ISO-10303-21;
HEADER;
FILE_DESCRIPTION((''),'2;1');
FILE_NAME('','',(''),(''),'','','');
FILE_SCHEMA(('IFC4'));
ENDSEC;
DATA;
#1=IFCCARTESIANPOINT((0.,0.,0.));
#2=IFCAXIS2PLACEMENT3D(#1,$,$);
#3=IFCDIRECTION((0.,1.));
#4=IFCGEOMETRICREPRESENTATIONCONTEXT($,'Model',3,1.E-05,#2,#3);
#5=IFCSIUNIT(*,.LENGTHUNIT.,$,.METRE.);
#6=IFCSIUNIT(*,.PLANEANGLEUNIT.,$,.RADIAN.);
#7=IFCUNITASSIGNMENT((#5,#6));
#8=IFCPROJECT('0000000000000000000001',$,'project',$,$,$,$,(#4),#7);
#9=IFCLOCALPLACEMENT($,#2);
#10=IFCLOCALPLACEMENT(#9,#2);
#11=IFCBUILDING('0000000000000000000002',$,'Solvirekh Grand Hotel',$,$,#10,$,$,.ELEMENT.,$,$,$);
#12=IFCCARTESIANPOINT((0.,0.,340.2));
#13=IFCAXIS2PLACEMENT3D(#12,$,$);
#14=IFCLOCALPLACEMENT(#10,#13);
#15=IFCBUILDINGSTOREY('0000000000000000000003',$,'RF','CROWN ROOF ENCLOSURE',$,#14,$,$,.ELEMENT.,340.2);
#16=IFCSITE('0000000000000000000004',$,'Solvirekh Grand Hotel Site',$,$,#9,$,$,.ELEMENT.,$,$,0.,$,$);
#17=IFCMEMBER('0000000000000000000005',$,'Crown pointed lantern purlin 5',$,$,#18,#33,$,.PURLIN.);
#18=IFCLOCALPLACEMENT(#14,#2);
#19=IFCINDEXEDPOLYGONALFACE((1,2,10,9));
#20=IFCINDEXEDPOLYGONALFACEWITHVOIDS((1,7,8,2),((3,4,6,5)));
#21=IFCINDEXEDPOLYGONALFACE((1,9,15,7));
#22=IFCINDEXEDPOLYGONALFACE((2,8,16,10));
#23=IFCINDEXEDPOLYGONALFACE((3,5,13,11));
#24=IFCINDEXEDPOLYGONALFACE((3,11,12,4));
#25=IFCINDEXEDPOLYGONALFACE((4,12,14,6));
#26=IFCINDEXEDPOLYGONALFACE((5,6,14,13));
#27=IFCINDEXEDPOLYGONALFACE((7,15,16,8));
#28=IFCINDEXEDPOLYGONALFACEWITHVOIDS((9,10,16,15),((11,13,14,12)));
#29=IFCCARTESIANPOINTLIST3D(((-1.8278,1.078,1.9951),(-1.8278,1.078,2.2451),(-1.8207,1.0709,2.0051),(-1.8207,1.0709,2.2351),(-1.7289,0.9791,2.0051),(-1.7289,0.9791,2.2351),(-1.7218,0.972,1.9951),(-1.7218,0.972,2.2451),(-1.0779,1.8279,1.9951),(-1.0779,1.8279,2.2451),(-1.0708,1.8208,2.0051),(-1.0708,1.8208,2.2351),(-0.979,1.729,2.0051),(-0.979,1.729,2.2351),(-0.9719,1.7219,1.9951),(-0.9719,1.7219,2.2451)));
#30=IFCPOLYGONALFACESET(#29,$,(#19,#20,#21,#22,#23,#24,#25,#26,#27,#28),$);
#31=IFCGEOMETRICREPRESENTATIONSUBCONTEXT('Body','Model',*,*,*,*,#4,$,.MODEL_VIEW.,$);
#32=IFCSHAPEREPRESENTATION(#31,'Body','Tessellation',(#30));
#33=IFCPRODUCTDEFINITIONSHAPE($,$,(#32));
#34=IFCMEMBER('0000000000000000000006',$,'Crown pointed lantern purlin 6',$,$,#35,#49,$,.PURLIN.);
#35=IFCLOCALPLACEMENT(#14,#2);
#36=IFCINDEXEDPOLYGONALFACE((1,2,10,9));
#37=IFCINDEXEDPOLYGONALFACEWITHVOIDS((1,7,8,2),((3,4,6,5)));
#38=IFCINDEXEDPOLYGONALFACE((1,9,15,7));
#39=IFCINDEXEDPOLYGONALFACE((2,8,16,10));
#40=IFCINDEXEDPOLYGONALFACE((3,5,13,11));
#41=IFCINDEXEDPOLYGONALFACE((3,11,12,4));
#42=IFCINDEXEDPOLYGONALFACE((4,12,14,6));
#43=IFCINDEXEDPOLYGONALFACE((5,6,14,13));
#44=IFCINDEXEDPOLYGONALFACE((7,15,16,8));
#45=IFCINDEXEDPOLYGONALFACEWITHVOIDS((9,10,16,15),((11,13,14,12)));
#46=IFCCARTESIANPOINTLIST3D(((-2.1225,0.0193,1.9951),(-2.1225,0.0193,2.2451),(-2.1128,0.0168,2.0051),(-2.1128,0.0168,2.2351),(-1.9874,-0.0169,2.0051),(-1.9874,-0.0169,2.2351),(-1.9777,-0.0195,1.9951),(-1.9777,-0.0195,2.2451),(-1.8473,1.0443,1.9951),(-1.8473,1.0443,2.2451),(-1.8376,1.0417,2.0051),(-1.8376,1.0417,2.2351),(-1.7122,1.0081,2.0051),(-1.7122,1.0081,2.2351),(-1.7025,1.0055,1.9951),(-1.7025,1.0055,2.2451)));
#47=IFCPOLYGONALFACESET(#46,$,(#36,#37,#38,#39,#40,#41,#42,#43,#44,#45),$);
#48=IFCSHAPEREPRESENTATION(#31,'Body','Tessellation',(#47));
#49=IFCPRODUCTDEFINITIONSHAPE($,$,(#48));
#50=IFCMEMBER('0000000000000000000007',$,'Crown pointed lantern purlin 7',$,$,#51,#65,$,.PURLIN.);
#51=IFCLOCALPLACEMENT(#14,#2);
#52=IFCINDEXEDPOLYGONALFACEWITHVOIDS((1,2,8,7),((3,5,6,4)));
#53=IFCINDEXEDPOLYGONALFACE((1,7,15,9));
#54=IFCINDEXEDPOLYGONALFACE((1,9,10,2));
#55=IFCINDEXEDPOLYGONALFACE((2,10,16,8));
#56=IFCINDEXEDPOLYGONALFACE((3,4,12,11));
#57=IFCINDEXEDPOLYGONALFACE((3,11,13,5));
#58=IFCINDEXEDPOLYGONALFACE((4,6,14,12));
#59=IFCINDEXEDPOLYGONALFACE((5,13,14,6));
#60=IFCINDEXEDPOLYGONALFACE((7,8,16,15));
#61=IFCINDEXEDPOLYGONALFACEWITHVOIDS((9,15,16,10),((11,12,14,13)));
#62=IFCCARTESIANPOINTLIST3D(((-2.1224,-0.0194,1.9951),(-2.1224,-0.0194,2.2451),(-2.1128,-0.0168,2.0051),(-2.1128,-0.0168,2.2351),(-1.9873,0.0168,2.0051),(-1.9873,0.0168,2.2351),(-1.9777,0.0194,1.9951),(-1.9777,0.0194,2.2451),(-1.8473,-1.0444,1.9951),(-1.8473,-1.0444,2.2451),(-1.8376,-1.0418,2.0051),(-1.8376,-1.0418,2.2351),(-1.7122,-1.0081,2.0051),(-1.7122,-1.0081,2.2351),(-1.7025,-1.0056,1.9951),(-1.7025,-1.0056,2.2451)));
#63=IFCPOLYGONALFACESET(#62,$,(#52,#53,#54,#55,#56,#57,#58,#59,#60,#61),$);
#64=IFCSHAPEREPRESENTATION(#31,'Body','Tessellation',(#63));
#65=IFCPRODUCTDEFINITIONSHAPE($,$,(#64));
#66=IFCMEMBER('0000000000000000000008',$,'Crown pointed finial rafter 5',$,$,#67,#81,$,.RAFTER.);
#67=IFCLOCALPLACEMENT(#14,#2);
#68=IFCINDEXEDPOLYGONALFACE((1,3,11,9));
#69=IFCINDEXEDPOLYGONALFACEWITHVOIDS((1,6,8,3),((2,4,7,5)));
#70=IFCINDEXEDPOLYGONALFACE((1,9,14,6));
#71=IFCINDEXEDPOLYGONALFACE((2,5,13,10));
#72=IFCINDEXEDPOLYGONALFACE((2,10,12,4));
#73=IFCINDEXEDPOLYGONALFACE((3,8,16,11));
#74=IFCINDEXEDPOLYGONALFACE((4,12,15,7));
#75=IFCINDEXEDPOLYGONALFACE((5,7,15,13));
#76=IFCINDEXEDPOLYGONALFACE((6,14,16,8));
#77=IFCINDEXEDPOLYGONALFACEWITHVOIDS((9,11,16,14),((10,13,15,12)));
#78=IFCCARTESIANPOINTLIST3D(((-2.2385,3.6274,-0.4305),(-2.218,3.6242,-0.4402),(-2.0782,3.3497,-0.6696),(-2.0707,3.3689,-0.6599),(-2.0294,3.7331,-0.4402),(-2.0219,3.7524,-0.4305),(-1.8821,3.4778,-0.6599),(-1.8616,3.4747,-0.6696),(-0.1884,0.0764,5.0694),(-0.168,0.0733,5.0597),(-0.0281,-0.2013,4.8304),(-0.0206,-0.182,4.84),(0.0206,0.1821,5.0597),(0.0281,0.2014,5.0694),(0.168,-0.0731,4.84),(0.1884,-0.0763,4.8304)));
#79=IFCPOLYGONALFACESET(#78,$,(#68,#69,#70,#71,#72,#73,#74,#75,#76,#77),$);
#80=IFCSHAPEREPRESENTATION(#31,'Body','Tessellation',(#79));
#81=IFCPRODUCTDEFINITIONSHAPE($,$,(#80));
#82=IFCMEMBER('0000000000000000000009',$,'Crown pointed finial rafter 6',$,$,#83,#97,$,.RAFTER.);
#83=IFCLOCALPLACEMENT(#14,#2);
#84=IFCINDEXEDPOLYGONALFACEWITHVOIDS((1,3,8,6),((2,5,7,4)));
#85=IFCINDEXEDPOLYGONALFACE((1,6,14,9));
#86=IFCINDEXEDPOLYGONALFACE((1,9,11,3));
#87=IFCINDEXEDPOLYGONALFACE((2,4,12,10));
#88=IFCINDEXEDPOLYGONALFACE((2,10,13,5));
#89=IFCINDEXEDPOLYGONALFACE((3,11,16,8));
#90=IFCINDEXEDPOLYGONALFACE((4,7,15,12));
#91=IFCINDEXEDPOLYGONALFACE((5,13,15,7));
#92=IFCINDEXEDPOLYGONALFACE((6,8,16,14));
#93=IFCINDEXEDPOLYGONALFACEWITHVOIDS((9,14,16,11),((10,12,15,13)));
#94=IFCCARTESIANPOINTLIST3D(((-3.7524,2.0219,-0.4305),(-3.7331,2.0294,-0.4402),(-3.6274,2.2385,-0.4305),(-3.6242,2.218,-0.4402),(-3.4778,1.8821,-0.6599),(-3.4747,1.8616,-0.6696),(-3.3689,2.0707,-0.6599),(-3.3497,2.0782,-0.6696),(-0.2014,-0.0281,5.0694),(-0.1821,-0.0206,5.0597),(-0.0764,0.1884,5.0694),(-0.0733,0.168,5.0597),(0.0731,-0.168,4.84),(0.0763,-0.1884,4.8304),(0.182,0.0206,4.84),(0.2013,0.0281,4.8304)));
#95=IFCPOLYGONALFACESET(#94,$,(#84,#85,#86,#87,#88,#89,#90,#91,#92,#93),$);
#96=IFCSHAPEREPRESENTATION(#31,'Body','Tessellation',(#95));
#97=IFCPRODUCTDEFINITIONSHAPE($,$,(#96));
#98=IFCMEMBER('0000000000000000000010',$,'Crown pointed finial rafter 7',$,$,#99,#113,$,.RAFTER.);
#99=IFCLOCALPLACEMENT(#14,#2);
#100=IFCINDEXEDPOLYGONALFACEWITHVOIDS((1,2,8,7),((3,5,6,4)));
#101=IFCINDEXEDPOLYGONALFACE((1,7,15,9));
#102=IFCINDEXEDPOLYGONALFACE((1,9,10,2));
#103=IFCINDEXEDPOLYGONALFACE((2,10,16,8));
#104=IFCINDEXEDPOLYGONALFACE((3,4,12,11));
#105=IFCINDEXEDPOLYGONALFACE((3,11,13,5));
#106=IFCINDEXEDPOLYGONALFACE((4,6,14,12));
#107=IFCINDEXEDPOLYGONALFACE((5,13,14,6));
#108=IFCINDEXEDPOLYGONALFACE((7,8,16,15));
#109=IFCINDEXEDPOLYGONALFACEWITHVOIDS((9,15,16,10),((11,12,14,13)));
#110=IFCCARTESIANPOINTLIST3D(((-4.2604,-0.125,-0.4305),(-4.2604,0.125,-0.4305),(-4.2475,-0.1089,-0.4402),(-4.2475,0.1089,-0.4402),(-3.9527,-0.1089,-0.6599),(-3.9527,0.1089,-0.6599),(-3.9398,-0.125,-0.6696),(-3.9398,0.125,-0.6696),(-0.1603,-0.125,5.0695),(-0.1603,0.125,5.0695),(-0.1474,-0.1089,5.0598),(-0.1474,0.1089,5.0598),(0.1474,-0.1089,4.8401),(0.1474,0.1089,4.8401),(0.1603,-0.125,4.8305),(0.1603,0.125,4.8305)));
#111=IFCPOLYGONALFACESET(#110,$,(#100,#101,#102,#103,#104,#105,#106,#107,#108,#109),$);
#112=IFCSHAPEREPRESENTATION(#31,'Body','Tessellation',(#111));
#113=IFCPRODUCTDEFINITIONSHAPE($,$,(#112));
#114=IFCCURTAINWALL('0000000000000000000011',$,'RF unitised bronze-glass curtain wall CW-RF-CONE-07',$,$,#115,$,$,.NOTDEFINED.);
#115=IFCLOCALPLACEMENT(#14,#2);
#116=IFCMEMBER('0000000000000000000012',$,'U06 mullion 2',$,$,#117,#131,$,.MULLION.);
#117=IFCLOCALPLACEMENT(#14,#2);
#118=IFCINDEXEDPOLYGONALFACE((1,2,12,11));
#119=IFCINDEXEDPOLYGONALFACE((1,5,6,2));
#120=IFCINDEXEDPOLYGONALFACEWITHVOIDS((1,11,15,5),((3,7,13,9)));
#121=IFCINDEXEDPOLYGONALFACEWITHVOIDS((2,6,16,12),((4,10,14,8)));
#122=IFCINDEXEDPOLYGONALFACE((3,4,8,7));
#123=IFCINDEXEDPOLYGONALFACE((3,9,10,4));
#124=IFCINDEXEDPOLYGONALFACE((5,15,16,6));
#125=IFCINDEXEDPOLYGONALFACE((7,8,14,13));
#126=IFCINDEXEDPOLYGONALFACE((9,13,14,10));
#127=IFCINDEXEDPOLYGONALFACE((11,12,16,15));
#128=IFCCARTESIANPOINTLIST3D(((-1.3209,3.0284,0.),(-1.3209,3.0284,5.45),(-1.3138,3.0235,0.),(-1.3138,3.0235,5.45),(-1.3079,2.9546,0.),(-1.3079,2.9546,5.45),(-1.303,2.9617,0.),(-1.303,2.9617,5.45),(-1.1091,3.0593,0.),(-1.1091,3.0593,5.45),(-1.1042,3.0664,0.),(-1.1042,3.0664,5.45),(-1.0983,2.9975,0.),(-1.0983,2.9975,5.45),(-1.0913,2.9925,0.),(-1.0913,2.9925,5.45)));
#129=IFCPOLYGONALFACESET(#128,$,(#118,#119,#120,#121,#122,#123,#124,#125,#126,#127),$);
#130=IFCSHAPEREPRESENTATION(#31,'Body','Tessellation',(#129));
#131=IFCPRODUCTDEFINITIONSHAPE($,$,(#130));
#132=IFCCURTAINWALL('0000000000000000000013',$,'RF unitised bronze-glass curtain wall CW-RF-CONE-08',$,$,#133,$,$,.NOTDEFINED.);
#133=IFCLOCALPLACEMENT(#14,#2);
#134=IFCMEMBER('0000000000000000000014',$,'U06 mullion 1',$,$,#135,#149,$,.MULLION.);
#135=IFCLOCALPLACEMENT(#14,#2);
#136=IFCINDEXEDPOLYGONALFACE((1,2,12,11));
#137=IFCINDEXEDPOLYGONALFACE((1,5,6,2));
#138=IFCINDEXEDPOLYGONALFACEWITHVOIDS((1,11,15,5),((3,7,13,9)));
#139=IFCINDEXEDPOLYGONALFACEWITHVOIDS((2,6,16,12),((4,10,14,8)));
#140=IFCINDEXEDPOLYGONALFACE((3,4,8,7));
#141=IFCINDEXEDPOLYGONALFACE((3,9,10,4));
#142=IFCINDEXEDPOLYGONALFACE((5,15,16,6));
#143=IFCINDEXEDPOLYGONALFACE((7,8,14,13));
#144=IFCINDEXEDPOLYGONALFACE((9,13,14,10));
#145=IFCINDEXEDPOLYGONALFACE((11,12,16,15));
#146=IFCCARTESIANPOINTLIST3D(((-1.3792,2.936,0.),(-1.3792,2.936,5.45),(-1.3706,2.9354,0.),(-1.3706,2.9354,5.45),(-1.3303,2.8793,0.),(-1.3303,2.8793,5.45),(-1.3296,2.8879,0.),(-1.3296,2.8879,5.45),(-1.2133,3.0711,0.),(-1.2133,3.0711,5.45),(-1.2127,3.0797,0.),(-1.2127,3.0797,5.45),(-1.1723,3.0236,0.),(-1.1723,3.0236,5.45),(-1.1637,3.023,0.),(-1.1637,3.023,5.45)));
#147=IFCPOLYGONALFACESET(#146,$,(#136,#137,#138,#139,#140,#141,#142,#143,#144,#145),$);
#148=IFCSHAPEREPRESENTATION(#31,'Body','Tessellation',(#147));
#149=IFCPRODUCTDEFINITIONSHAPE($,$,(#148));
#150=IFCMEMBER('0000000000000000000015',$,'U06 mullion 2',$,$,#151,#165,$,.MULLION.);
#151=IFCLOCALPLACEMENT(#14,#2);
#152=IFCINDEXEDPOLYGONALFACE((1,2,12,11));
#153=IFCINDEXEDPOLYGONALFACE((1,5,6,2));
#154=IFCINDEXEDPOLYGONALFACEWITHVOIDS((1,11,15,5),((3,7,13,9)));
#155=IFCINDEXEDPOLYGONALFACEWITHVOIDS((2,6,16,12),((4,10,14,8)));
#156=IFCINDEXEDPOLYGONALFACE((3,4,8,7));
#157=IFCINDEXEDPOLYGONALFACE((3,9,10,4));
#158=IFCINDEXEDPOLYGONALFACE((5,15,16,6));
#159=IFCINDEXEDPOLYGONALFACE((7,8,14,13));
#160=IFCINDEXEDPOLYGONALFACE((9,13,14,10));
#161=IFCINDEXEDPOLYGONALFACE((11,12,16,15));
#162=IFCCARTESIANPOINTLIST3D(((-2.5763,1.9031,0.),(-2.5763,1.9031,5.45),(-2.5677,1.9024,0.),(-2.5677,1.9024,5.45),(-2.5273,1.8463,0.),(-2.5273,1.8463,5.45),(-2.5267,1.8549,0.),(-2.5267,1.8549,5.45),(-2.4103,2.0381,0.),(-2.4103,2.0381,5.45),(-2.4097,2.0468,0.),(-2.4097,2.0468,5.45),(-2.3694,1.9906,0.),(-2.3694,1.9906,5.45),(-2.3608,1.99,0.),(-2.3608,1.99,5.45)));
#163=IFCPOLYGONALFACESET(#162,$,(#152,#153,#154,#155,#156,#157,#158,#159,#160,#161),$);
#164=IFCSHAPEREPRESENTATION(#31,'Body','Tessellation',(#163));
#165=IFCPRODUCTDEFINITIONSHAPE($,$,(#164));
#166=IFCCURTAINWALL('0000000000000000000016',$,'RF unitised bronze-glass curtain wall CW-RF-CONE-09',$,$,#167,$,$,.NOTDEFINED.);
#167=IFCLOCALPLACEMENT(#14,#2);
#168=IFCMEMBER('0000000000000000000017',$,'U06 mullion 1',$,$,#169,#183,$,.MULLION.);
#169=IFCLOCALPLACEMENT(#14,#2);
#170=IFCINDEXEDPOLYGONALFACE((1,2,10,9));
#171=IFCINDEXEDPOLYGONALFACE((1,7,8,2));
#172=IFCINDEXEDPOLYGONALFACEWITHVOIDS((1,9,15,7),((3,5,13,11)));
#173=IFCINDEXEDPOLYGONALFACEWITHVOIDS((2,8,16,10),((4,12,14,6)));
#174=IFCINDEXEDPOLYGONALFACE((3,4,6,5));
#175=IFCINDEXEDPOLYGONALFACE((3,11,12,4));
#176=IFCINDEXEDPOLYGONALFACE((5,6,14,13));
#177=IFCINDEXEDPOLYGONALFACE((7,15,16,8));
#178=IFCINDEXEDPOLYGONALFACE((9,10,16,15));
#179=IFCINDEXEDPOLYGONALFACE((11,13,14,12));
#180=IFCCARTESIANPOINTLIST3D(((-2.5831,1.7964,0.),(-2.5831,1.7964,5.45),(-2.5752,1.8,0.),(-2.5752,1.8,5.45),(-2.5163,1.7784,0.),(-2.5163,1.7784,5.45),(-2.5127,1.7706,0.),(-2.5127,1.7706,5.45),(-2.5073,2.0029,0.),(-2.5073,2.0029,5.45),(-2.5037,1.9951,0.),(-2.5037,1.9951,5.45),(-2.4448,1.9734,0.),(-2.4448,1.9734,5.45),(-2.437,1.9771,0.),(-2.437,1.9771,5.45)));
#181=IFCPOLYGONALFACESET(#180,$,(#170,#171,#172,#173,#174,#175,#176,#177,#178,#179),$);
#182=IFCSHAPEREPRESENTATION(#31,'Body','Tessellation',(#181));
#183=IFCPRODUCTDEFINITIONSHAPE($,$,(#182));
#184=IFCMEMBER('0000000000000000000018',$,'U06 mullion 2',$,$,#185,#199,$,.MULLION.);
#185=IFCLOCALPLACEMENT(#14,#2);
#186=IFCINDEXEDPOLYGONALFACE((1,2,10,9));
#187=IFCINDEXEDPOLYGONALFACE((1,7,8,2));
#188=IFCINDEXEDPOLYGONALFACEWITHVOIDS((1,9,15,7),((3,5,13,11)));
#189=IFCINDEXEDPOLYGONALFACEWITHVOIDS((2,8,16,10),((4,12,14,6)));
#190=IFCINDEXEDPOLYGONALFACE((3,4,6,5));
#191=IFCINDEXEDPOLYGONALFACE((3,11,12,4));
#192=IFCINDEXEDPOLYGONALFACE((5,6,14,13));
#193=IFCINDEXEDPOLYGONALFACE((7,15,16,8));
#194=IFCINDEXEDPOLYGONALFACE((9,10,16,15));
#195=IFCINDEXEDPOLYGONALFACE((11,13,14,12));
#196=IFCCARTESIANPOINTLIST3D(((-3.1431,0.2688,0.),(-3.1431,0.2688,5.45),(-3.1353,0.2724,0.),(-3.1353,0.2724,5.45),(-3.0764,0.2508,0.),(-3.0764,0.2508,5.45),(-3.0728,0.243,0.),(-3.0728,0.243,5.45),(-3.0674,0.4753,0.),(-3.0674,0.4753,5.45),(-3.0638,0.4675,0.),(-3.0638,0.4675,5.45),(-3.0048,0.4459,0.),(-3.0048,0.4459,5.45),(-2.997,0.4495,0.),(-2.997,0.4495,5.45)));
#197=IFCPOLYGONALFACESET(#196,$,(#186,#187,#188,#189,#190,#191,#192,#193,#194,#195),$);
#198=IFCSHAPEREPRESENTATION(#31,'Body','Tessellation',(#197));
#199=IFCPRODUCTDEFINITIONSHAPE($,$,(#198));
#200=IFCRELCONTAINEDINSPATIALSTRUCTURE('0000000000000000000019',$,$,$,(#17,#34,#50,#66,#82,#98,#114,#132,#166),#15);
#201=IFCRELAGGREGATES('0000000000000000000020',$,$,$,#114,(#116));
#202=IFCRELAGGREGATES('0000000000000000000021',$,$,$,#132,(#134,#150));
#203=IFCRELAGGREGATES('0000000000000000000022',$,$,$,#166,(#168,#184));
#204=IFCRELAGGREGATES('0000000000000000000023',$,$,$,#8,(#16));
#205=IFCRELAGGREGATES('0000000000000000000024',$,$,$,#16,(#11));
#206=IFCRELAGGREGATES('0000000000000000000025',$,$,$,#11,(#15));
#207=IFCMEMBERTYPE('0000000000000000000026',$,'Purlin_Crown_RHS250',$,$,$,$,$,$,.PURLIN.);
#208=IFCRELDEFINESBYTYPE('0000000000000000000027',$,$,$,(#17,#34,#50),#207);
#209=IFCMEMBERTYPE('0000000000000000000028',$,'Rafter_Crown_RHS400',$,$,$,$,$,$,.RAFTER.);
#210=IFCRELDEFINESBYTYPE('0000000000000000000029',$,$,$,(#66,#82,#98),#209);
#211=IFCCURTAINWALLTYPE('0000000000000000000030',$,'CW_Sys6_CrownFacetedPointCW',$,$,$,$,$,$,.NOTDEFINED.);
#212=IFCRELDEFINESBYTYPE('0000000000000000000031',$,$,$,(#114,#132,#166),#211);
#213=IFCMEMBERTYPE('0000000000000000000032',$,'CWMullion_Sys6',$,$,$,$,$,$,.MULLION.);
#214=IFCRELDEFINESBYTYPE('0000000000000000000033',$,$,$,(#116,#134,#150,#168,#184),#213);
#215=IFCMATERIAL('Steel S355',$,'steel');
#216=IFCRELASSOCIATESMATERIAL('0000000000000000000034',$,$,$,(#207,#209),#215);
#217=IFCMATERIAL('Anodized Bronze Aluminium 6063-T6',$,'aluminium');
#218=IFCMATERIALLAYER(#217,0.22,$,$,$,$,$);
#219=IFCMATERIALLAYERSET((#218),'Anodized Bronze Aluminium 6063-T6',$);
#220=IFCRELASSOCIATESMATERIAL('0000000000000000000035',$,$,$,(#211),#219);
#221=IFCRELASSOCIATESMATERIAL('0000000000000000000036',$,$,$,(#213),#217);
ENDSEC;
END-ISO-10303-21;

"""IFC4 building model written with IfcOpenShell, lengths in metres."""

from ifc_helpers import new_model, si_unit, direction, frame, origin, origin_2d, place, context, subcontext, project, spatial, hollow_rectangle, extrude, source, transform, mapped, material, layer, layer_set, material_profile, profile_set, type_object, element, aggregate, save


model = new_model("IFC4")

# Units and contexts
model_context = context("Model", 3, precision=1e-05, world=origin(), true_north=direction((0.0, 1.0)))
body_context = subcontext(model_context, "Body", "Model", "MODEL_VIEW")
ifc_project = project(units=[si_unit("LENGTHUNIT", "METRE"), si_unit("PLANEANGLEUNIT", "RADIAN")], contexts=[model_context])

# Site, building, storey
site_placement = place(None, origin())
site = spatial("IfcSite", under=ifc_project, at=site_placement, Name="Solvirekh Grand Hotel Site", CompositionType="ELEMENT", RefElevation=0.0)
building_placement = place(site_placement, origin())
building = spatial("IfcBuilding", under=site, at=building_placement, Name="Solvirekh Grand Hotel", CompositionType="ELEMENT")
storey_placement = place(building_placement, frame((0.0, 0.0, 340.2)))
storey = spatial("IfcBuildingStorey", under=building, at=storey_placement, Name="RF", Description="CROWN ROOF ENCLOSURE", CompositionType="ELEMENT", Elevation=340.2)

# Members
ifc_material_1 = material(Name="Steel S355", Category="steel")
ifc_material_profile_1 = material_profile(ifc_material_1, hollow_rectangle(XDim=0.1499, YDim=0.25, WallThickness=0.01, at=origin_2d()), Name="RHS 250X150X10")
ifc_profile_set_1 = profile_set([ifc_material_profile_1], Name="Steel S355")
member_type_1 = type_object("IfcMemberType", Name="Purlin_Crown_RHS250", PredefinedType="PURLIN", material=ifc_profile_set_1)
member_1_placement = place(storey_placement, frame((-1.0249, 1.7749, 2.1201), z_axis=(-0.707107, -0.707107, 0.0), x_axis=(0.707107, -0.707107, 0.0)))
element("IfcMember", 1, at=member_1_placement, inside=storey, type_object=member_type_1, Name="Crown pointed lantern purlin 5", PredefinedType="PURLIN", context=body_context, shape_type="SweptSolid", body=[
    extrude(hollow_rectangle(XDim=0.1499, YDim=0.25, WallThickness=0.01, at=origin_2d()), origin(), (0.0, 0.0, 1.0), 1.0605),
])
for number, where, z_axis, x_axis, name in (
    (2, (-1.7749, 1.0249, 2.1201), (-0.25928, -0.965802, 0.0), (0.965802, -0.25928, 0.0), "Crown pointed lantern purlin 6"),
    (3, (-2.05, 0.0, 2.1201), (0.25928, -0.965802, 0.0), (0.965802, 0.25928, 0.0), "Crown pointed lantern purlin 7"),
):
    element("IfcMember", number, at=place(storey_placement, frame(where, z_axis=z_axis, x_axis=x_axis)), inside=storey, type_object=member_type_1, Name=name, PredefinedType="PURLIN", context=body_context, shape_type="SweptSolid", body=[
        extrude(hollow_rectangle(XDim=0.1499, YDim=0.25, WallThickness=0.01, at=origin_2d()), origin(), (0.0, 0.0, 1.0), 1.0613),
    ])
ifc_material_profile_2 = material_profile(ifc_material_1, hollow_rectangle(XDim=0.25, YDim=0.3999, WallThickness=0.0161, at=origin_2d()), Name="RHS 400X250X16")
ifc_profile_set_2 = profile_set([ifc_material_profile_2], Name="Steel S355")
member_type_2 = type_object("IfcMemberType", Name="Rafter_Crown_RHS400", PredefinedType="RAFTER", material=ifc_profile_set_2)
for number, where, z_axis, x_axis, name in (
    (4, (-2.05, 3.551, -0.55), (0.298832, -0.517626, 0.801725), (0.86604, 0.499975, 0.0), "Crown pointed finial rafter 5"),
    (5, (-3.551, 2.05, -0.55), (0.517626, -0.298832, 0.801725), (0.499975, 0.86604, 0.0), "Crown pointed finial rafter 6"),
    (6, (-4.1001, 0.0, -0.55), (0.597674, 0.0, 0.801739), (0.0, 1.0, 0.0), "Crown pointed finial rafter 7"),
):
    element("IfcMember", number, at=place(storey_placement, frame(where, z_axis=z_axis, x_axis=x_axis)), inside=storey, type_object=member_type_2, Name=name, PredefinedType="RAFTER", context=body_context, shape_type="SweptSolid", body=[
        extrude(hollow_rectangle(XDim=0.25, YDim=0.3999, WallThickness=0.0161, at=origin_2d()), origin(), (0.0, 0.0, 1.0), 6.8601),
    ])

# Curtain wall, member
ifc_material_2 = material(Name="Anodized Bronze Aluminium 6063-T6", Category="aluminium")
ifc_layer_1 = layer(ifc_material_2, 0.22)
ifc_layer_set_1 = layer_set([ifc_layer_1], Name="Anodized Bronze Aluminium 6063-T6")
curtain_wall_type = type_object("IfcCurtainWallType", Name="CW_Sys6_CrownFacetedPointCW", PredefinedType="NOTDEFINED", material=ifc_layer_set_1)
curtain_wall_1_placement = place(storey_placement, origin())
curtain_wall_1 = element("IfcCurtainWall", 7, at=curtain_wall_1_placement, inside=storey, type_object=curtain_wall_type, Name="RF unitised bronze-glass curtain wall CW-RF-CONE-07", PredefinedType="NOTDEFINED")
ifc_material_profile_3 = material_profile(ifc_material_2, hollow_rectangle(XDim=0.075, YDim=0.22, WallThickness=0.0061, at=origin_2d()), Name="ALU RHS 220X75X6")
ifc_profile_set_3 = profile_set([ifc_material_profile_3], Name="Anodized Bronze Aluminium 6063-T6")
member_type_3 = type_object("IfcMemberType", Name="CWMullion_Sys6", PredefinedType="MULLION", material=ifc_profile_set_3)
shared_shape_1 = source(origin(), body_context, "Body", "SweptSolid", [
    extrude(hollow_rectangle(XDim=0.075, YDim=0.22, WallThickness=0.0061, at=origin_2d()), origin(), (0.0, 0.0, 1.0), 5.45),
])
member_2_placement = place(storey_placement, frame((-1.2061, 3.0105, 0.0), z_axis=(0.0, 0.0, 1.0), x_axis=(0.172441, -0.98502, 0.0)))
member_2 = element("IfcMember", 8, at=member_2_placement, type_object=member_type_3, Name="U06 mullion 2", PredefinedType="MULLION", context=body_context, shape_type="MappedRepresentation", body=[
    mapped(shared_shape_1, transform((0.0, 0.0, 0.0), x_axis=(1.0, 0.0, 0.0), y_axis=(0.0, 1.0, 0.0), z_axis=(0.0, 0.0, 1.0), scale=1.0)),
])

# Curtain walls, members
curtain_wall_2_placement = place(storey_placement, origin())
curtain_wall_2 = element("IfcCurtainWall", 9, at=curtain_wall_2_placement, inside=storey, type_object=curtain_wall_type, Name="RF unitised bronze-glass curtain wall CW-RF-CONE-08", PredefinedType="NOTDEFINED")
member_3_placement = place(storey_placement, frame((-1.2715, 2.9795, 0.0), z_axis=(0.0, 0.0, 1.0), x_axis=(0.653274, -0.757122, 0.0)))
member_3 = element("IfcMember", 10, at=member_3_placement, type_object=member_type_3, Name="U06 mullion 1", PredefinedType="MULLION", context=body_context, shape_type="MappedRepresentation", body=[
    mapped(shared_shape_1, transform((0.0, 0.0, 0.0), x_axis=(1.0, 0.0, 0.0), y_axis=(0.0, 1.0, 0.0), z_axis=(0.0, 0.0, 1.0), scale=1.0)),
])
member_4_placement = place(storey_placement, frame((-2.4685, 1.9465, 0.0), z_axis=(0.0, 0.0, 1.0), x_axis=(0.653274, -0.757122, 0.0)))
member_4 = element("IfcMember", 11, at=member_4_placement, type_object=member_type_3, Name="U06 mullion 2", PredefinedType="MULLION", context=body_context, shape_type="MappedRepresentation", body=[
    mapped(shared_shape_1, transform((0.0, 0.0, 0.0), x_axis=(1.0, 0.0, 0.0), y_axis=(0.0, 1.0, 0.0), z_axis=(0.0, 0.0, 1.0), scale=1.0)),
])
curtain_wall_3_placement = place(storey_placement, origin())
curtain_wall_3 = element("IfcCurtainWall", 12, at=curtain_wall_3_placement, inside=storey, type_object=curtain_wall_type, Name="RF unitised bronze-glass curtain wall CW-RF-CONE-09", PredefinedType="NOTDEFINED")
member_5_placement = place(storey_placement, frame((-2.51, 1.8867, 0.0), z_axis=(0.0, 0.0, 1.0), x_axis=(0.938864, -0.344289, 0.0)))
member_5 = element("IfcMember", 13, at=member_5_placement, type_object=member_type_3, Name="U06 mullion 1", PredefinedType="MULLION", context=body_context, shape_type="MappedRepresentation", body=[
    mapped(shared_shape_1, transform((0.0, 0.0, 0.0), x_axis=(1.0, 0.0, 0.0), y_axis=(0.0, 1.0, 0.0), z_axis=(0.0, 0.0, 1.0), scale=1.0)),
])
member_6_placement = place(storey_placement, frame((-3.0701, 0.3591, 0.0), z_axis=(0.0, 0.0, 1.0), x_axis=(0.938864, -0.344289, 0.0)))
member_6 = element("IfcMember", 14, at=member_6_placement, type_object=member_type_3, Name="U06 mullion 2", PredefinedType="MULLION", context=body_context, shape_type="MappedRepresentation", body=[
    mapped(shared_shape_1, transform((0.0, 0.0, 0.0), x_axis=(1.0, 0.0, 0.0), y_axis=(0.0, 1.0, 0.0), z_axis=(0.0, 0.0, 1.0), scale=1.0)),
])

aggregate(curtain_wall_1, [member_2])
aggregate(curtain_wall_2, [member_3, member_4])
aggregate(curtain_wall_3, [member_5, member_6])

save(model, "model.ifc")
